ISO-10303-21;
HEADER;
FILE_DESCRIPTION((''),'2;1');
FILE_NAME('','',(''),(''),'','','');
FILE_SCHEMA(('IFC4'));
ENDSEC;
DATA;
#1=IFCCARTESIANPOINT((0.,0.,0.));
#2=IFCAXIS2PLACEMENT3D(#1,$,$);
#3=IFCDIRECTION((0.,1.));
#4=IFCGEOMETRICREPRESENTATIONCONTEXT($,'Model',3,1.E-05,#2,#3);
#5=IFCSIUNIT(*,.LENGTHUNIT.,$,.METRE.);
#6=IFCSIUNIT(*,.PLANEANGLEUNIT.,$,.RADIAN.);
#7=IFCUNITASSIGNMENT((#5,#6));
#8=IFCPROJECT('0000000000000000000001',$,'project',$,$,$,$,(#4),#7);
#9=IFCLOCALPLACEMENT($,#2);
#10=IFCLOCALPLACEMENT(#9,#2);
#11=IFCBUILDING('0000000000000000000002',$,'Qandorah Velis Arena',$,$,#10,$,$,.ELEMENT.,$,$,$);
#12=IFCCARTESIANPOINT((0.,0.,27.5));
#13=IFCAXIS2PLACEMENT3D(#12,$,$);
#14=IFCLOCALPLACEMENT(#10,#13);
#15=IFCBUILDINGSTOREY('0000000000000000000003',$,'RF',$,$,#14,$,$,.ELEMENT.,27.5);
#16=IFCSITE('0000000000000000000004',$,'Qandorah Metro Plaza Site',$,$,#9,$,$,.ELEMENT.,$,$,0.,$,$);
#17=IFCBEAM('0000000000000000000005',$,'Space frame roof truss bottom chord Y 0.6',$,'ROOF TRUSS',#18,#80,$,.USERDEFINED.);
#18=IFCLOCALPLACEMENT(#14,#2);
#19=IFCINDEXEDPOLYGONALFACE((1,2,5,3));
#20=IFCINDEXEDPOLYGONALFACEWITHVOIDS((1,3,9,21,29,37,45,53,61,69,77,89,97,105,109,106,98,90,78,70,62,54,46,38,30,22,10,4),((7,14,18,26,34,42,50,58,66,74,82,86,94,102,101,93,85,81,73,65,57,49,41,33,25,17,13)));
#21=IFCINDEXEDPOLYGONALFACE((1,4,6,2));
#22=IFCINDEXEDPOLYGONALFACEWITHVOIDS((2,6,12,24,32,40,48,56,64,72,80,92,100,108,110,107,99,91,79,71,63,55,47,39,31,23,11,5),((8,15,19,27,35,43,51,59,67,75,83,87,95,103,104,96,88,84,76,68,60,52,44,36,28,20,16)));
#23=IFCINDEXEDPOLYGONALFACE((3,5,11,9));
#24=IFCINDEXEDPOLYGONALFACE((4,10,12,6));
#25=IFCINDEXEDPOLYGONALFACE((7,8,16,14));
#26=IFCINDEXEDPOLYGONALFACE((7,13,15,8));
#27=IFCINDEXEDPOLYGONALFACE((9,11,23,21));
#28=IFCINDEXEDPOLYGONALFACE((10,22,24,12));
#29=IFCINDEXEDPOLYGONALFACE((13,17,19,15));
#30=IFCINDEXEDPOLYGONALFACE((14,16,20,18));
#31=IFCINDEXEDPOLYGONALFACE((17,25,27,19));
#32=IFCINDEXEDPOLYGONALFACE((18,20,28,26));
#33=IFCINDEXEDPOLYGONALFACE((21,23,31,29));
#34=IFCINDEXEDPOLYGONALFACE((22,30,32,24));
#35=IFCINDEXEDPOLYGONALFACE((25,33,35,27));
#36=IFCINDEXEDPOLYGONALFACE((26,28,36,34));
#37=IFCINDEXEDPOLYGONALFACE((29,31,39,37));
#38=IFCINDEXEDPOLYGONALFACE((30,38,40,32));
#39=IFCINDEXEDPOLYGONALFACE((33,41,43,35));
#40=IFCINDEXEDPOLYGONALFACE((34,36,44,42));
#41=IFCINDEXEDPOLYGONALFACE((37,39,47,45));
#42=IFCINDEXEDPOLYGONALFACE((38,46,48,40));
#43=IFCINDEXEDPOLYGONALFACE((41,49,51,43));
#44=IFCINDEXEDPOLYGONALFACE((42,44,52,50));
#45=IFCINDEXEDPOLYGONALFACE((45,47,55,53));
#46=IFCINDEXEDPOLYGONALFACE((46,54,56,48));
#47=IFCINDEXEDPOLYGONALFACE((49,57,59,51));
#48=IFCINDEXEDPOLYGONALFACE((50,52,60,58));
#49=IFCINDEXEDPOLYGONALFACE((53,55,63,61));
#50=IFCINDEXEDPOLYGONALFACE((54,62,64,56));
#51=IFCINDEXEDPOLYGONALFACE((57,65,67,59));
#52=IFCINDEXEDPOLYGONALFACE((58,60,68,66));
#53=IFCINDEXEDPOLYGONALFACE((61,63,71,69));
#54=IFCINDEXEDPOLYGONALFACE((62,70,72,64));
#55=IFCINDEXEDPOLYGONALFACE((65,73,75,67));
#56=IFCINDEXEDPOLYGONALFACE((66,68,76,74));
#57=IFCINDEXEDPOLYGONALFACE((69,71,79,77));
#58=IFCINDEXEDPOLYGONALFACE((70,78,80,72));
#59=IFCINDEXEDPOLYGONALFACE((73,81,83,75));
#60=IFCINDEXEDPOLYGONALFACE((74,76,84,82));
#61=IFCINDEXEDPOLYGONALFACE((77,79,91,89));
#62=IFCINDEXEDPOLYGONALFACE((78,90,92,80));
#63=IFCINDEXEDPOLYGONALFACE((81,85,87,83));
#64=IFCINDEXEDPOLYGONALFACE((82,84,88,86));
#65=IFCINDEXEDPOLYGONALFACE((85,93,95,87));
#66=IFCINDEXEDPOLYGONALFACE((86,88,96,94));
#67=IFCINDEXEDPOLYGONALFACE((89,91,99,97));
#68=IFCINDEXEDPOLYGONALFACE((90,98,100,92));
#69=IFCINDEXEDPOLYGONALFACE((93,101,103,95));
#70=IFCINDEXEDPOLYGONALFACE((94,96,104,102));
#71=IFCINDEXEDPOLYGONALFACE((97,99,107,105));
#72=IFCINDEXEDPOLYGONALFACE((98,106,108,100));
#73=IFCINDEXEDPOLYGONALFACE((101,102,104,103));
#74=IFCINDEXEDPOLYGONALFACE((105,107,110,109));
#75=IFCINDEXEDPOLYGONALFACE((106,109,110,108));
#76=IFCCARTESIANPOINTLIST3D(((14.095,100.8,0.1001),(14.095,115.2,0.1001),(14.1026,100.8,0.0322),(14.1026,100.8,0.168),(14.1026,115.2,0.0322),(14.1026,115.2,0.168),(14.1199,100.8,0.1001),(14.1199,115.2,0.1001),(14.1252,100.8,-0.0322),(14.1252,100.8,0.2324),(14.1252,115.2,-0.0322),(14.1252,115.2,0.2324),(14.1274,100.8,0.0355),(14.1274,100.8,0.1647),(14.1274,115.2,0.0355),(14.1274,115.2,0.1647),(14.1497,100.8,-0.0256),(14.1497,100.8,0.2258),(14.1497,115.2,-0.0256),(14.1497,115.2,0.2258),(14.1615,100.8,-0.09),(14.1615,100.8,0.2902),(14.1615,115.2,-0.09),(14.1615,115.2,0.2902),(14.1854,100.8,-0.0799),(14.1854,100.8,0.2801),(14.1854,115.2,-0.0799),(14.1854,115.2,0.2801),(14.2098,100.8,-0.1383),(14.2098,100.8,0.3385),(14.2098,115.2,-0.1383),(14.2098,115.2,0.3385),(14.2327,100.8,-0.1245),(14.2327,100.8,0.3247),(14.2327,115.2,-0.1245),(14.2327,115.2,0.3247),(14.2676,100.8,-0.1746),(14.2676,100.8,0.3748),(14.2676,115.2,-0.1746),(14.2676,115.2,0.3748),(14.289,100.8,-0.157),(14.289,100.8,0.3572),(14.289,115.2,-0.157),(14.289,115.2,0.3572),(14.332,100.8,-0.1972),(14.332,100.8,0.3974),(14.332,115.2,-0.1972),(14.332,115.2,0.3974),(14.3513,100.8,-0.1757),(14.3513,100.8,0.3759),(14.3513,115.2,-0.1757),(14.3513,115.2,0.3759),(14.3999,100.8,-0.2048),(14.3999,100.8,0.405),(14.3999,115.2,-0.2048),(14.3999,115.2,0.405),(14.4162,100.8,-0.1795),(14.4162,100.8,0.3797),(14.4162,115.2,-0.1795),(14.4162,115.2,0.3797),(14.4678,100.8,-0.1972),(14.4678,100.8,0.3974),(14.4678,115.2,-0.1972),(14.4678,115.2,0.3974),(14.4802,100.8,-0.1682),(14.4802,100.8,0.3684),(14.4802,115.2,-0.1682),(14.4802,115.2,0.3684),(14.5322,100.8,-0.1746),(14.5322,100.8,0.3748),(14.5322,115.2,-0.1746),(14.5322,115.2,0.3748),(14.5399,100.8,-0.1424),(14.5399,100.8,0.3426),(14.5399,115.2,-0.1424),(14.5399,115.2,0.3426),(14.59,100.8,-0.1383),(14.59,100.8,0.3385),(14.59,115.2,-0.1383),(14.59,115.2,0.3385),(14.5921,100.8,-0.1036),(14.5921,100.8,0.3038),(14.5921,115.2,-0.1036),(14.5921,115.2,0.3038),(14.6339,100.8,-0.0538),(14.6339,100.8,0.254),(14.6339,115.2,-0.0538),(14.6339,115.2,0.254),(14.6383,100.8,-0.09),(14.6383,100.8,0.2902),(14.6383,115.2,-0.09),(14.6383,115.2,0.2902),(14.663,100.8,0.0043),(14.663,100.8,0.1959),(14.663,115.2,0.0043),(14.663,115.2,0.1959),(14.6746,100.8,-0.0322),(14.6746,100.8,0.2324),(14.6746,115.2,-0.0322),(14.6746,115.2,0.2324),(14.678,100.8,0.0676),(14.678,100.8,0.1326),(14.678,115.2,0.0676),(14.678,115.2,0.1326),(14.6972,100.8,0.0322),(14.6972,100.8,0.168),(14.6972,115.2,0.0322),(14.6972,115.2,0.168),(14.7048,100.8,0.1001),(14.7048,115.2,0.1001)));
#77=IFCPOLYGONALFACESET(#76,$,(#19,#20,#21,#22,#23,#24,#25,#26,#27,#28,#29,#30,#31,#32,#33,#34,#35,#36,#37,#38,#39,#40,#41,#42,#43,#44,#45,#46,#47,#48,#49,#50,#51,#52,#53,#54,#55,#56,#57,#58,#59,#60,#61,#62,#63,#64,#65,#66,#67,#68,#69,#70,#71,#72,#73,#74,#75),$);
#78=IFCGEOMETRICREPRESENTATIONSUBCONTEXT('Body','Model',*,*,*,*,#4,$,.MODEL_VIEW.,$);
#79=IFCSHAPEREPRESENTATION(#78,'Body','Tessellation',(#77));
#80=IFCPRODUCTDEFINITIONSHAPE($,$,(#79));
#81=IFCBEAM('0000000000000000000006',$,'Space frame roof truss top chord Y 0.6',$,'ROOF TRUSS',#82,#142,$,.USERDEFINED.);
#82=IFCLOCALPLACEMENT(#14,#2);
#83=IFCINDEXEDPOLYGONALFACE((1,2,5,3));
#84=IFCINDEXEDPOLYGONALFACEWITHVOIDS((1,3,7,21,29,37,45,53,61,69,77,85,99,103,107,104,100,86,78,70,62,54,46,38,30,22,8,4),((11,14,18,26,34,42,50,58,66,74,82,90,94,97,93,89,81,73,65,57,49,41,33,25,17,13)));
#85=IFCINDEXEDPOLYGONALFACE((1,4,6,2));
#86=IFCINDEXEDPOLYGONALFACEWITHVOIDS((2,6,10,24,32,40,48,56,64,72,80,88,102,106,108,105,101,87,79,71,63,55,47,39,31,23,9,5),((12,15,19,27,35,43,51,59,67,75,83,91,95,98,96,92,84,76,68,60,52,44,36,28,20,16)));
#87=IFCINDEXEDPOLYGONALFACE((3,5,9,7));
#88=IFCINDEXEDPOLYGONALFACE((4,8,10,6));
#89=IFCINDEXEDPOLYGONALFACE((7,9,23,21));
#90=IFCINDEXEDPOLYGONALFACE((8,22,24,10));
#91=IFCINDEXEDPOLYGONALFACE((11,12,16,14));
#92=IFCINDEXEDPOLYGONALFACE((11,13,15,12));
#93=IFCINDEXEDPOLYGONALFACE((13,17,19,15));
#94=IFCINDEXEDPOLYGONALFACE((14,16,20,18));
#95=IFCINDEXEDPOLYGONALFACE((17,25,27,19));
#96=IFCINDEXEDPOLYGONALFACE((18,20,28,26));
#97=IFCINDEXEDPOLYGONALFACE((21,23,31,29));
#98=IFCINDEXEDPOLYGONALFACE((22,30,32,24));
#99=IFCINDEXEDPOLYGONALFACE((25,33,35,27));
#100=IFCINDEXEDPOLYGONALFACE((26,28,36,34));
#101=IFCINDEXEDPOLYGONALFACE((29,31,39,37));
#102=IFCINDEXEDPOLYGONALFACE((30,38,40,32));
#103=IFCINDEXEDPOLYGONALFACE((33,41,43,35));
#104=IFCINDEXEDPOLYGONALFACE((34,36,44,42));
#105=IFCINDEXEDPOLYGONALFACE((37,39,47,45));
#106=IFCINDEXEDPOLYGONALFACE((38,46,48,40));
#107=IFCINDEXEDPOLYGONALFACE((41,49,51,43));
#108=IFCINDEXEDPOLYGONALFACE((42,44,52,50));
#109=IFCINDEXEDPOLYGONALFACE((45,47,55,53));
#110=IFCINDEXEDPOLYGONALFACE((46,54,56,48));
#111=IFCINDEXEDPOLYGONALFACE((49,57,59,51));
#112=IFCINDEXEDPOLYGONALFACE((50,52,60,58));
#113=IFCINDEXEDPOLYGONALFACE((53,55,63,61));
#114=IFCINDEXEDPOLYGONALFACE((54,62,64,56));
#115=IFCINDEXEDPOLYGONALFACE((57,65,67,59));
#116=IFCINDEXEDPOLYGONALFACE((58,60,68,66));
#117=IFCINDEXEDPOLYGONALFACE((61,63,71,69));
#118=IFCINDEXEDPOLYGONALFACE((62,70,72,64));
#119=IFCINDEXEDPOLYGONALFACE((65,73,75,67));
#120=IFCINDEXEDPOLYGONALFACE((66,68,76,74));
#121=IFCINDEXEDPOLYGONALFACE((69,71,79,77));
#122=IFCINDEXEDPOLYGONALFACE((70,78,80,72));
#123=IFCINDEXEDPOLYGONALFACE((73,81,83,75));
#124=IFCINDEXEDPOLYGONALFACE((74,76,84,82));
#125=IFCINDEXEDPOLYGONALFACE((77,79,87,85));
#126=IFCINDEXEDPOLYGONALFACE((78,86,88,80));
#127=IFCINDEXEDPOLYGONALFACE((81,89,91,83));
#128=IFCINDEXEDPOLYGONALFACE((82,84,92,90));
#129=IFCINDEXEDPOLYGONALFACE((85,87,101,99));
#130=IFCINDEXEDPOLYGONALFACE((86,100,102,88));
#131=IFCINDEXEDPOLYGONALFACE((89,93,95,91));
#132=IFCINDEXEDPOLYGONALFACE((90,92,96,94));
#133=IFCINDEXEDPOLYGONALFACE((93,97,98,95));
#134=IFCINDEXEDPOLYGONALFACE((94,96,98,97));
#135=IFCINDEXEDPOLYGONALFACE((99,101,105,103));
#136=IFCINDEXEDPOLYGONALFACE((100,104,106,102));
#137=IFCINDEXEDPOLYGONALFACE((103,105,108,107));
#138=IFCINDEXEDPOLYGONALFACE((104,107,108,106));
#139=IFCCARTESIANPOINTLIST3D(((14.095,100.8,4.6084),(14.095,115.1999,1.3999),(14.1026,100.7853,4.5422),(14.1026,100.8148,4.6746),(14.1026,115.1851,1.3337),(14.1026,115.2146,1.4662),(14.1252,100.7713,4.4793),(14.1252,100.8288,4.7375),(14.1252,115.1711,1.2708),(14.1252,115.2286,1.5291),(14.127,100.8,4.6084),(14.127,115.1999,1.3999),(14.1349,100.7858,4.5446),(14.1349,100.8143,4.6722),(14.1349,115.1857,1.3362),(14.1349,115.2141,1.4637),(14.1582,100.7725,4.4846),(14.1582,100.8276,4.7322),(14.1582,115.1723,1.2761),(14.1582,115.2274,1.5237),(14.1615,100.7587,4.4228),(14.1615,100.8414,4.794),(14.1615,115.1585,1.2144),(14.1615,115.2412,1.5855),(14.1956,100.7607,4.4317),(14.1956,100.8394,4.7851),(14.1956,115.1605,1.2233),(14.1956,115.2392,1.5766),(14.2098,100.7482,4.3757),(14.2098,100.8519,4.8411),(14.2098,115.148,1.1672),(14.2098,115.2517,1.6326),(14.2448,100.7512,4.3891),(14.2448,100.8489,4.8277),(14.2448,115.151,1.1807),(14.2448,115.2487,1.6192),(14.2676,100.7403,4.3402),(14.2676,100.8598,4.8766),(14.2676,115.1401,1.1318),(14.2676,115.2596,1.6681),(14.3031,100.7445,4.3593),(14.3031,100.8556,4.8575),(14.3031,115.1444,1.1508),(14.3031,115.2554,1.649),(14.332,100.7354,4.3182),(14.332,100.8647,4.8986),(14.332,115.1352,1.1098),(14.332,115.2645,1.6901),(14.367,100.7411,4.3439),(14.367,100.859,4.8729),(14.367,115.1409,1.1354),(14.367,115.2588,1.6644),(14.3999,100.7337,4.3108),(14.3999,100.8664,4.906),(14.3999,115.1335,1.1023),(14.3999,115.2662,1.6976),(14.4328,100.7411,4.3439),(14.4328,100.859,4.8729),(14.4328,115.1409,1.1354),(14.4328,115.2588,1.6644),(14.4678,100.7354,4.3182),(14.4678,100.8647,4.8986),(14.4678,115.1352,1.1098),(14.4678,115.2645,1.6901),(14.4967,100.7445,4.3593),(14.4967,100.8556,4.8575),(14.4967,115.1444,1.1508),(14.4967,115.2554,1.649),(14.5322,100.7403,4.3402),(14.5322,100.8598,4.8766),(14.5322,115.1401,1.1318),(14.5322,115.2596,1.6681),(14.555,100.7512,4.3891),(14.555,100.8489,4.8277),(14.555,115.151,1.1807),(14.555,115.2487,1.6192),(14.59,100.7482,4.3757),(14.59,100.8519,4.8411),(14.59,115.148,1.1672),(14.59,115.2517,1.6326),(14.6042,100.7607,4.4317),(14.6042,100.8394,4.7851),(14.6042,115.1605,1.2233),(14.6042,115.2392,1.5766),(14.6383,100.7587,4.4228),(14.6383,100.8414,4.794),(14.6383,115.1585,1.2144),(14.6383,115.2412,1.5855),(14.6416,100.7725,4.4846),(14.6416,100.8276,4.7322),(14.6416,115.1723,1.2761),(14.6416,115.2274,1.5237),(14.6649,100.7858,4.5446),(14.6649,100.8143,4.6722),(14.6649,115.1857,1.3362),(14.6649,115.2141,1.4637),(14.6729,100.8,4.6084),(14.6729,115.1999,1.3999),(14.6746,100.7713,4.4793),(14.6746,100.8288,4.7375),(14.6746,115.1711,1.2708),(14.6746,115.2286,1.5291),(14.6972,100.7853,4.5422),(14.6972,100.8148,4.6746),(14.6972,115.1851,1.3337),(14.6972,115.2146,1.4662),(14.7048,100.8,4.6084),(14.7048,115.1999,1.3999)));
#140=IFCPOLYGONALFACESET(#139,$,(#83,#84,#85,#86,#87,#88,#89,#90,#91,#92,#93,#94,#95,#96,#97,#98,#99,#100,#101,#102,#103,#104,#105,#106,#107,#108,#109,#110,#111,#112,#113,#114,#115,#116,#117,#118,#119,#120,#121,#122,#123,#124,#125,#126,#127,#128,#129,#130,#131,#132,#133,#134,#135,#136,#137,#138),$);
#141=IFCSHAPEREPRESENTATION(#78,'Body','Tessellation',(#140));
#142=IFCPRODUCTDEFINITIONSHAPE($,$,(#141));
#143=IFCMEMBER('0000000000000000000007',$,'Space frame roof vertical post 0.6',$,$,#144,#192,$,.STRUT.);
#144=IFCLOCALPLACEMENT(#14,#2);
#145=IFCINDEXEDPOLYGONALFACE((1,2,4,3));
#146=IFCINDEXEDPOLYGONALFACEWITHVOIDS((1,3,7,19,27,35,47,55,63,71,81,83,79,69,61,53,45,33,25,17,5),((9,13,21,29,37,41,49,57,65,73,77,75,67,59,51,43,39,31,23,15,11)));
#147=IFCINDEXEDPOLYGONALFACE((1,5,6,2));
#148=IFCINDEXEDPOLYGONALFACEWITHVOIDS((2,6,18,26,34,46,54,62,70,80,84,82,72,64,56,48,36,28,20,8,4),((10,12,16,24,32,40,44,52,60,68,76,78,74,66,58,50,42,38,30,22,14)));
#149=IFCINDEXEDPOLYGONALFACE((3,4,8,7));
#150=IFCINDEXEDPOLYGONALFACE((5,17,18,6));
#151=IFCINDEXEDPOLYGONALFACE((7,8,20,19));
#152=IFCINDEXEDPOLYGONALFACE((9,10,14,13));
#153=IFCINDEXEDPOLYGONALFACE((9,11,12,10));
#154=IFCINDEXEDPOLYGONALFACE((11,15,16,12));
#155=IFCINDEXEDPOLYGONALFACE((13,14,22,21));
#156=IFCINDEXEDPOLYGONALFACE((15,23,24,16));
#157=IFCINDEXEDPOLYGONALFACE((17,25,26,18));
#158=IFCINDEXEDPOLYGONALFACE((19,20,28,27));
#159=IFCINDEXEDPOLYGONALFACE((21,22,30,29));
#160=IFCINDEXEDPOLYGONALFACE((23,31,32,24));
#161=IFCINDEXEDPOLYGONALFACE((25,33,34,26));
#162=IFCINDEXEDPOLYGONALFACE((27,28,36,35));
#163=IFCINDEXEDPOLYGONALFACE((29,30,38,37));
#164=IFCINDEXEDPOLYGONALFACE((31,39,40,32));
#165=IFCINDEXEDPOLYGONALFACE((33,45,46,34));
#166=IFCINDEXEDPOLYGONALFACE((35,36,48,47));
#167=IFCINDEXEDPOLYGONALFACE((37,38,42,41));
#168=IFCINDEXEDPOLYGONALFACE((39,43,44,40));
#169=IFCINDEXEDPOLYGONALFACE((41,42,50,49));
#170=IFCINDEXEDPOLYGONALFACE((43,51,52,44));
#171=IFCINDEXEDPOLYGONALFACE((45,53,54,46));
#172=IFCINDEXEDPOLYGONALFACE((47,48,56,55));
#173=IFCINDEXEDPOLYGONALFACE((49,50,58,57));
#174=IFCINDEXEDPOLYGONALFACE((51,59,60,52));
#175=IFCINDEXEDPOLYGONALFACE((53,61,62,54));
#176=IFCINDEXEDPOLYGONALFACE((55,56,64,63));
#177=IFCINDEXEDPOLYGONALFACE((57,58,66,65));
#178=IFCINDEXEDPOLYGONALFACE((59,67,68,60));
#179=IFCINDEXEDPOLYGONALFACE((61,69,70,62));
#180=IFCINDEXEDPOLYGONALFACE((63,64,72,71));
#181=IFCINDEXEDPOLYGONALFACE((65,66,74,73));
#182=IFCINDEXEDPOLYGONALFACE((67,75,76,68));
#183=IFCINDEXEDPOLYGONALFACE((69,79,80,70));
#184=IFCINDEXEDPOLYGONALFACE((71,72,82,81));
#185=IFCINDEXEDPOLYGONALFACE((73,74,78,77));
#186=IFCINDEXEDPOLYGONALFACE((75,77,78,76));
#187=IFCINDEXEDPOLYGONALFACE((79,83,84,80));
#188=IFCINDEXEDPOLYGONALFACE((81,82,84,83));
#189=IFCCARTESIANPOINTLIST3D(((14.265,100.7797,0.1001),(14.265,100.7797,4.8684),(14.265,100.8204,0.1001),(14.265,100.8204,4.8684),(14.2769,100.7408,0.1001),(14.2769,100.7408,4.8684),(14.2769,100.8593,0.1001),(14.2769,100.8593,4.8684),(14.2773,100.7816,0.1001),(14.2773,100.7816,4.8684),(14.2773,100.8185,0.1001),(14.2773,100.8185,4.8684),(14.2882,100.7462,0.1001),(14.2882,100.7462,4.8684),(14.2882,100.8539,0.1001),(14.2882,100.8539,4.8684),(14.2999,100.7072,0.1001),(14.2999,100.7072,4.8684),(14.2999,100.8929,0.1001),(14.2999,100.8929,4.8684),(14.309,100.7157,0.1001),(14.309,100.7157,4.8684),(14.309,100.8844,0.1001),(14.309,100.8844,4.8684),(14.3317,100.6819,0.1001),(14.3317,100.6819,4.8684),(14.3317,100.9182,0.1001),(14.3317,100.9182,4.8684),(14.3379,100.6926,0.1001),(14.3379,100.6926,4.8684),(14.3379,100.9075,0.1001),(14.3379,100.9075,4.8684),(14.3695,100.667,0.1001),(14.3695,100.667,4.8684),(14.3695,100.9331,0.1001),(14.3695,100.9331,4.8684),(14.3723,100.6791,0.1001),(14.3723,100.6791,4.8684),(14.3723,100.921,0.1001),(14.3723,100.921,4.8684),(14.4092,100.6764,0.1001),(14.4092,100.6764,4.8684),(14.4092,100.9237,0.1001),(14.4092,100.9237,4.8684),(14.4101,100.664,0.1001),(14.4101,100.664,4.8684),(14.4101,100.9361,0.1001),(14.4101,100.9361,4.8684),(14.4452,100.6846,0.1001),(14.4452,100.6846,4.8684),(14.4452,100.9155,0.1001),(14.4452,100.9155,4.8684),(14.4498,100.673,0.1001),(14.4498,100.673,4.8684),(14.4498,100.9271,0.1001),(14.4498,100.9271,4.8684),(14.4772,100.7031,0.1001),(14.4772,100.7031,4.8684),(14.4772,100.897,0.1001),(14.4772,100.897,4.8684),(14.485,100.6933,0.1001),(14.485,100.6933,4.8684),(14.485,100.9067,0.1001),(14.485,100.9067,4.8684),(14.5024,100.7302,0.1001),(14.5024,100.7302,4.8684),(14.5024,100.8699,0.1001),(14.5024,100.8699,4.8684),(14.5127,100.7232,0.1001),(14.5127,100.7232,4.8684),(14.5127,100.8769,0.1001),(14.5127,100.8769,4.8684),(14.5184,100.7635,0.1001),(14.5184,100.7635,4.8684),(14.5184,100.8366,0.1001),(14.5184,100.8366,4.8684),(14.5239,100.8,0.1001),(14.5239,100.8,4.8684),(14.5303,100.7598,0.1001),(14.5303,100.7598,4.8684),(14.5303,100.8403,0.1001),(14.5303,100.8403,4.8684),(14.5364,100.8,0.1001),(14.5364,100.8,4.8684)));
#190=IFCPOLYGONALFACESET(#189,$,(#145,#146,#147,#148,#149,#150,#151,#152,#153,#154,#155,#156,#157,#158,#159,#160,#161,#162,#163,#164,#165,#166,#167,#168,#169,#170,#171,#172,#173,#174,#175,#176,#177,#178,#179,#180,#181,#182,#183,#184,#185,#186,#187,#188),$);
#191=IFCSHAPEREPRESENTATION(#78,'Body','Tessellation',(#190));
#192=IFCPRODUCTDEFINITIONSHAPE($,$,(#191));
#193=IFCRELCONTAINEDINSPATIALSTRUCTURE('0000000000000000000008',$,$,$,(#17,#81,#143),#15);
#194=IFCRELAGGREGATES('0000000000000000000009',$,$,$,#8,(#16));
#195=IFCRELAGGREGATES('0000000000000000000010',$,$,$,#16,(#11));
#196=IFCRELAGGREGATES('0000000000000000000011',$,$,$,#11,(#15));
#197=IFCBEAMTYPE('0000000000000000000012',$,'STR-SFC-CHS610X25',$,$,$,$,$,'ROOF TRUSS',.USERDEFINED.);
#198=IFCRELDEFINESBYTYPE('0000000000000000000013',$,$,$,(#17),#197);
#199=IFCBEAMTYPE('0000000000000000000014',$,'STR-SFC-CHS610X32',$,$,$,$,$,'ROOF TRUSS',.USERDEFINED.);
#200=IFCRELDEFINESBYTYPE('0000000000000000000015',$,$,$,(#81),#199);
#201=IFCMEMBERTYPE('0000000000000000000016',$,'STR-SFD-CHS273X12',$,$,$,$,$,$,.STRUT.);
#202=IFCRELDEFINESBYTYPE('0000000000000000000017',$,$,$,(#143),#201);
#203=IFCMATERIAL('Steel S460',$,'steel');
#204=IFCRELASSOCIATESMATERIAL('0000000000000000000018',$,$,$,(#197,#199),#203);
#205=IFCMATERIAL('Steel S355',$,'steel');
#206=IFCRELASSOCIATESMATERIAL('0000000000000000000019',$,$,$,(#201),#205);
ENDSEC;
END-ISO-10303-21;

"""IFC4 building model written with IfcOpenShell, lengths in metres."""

from ifc_helpers import new_model, si_unit, direction, frame, origin, origin_2d, place, context, subcontext, project, spatial, hollow_circle, extrude, material, material_profile, profile_set, type_object, element, save


model = new_model("IFC4")

# Units and contexts
model_context = context("Model", 3, precision=1e-05, world=origin(), true_north=direction((0.0, 1.0)))
body_context = subcontext(model_context, "Body", "Model", "MODEL_VIEW")
ifc_project = project(units=[si_unit("LENGTHUNIT", "METRE"), si_unit("PLANEANGLEUNIT", "RADIAN")], contexts=[model_context])

# Site, building, storey
site_placement = place(None, origin())
site = spatial("IfcSite", under=ifc_project, at=site_placement, Name="Qandorah Metro Plaza Site", CompositionType="ELEMENT", RefElevation=0.0)
building_placement = place(site_placement, origin())
building = spatial("IfcBuilding", under=site, at=building_placement, Name="Qandorah Velis Arena", CompositionType="ELEMENT")
storey_placement = place(building_placement, frame((0.0, 0.0, 27.5)))
storey = spatial("IfcBuildingStorey", under=building, at=storey_placement, Name="RF", CompositionType="ELEMENT", Elevation=27.5)

# Shared definitions
ifc_material_1 = material(Name="Steel S355", Category="steel")

# Beams
ifc_material_2 = material(Name="Steel S460", Category="steel")
ifc_material_profile_1 = material_profile(ifc_material_2, hollow_circle(Radius=0.3049, WallThickness=0.0249, at=origin_2d()), Name="CHS 610x25")
ifc_profile_set_1 = profile_set([ifc_material_profile_1], Name="Steel S460")
beam_type_1 = type_object("IfcBeamType", Name="STR-SFC-CHS610X25", ElementType="ROOF TRUSS", PredefinedType="USERDEFINED", material=ifc_profile_set_1)
beam_1_placement = place(storey_placement, frame((14.3999, 100.8, 0.1001), z_axis=(0.0, 1.0, 0.0), x_axis=(-1.0, 0.0, 0.0)))
element("IfcBeam", 1, at=beam_1_placement, inside=storey, type_object=beam_type_1, Name="Space frame roof truss bottom chord Y 0.6", ObjectType="ROOF TRUSS", PredefinedType="USERDEFINED", context=body_context, shape_type="SweptSolid", body=[
    extrude(hollow_circle(Radius=0.3049, WallThickness=0.0249, at=origin_2d()), origin(), (0.0, 0.0, 1.0), 14.3999),
])
ifc_material_profile_2 = material_profile(ifc_material_2, hollow_circle(Radius=0.3049, WallThickness=0.032, at=origin_2d()), Name="CHS 610x32")
ifc_profile_set_2 = profile_set([ifc_material_profile_2], Name="Steel S460")
beam_type_2 = type_object("IfcBeamType", Name="STR-SFC-CHS610X32", ElementType="ROOF TRUSS", PredefinedType="USERDEFINED", material=ifc_profile_set_2)
beam_2_placement = place(storey_placement, frame((14.3999, 100.8, 4.6084), z_axis=(0.0, 0.976065, -0.217481), x_axis=(-1.0, 0.0, 0.0)))
element("IfcBeam", 2, at=beam_2_placement, inside=storey, type_object=beam_type_2, Name="Space frame roof truss top chord Y 0.6", ObjectType="ROOF TRUSS", PredefinedType="USERDEFINED", context=body_context, shape_type="SweptSolid", body=[
    extrude(hollow_circle(Radius=0.3049, WallThickness=0.032, at=origin_2d()), origin(), (0.0, 0.0, 1.0), 14.7529),
])

# Member
ifc_material_profile_3 = material_profile(ifc_material_1, hollow_circle(Radius=0.1365, WallThickness=0.0125, at=origin_2d()), Name="CHS 273x12.5")
ifc_profile_set_3 = profile_set([ifc_material_profile_3], Name="Steel S355")
member_type_1 = type_object("IfcMemberType", Name="STR-SFD-CHS273X12", PredefinedType="STRUT", material=ifc_profile_set_3)
member_1_placement = place(storey_placement, frame((14.3999, 100.8, 0.1001), z_axis=(0.0, 0.0, 1.0), x_axis=(1.0, 0.0, 0.0)))
element("IfcMember", 3, at=member_1_placement, inside=storey, type_object=member_type_1, Name="Space frame roof vertical post 0.6", PredefinedType="STRUT", context=body_context, shape_type="SweptSolid", body=[
    extrude(hollow_circle(Radius=0.1365, WallThickness=0.0125, at=origin_2d()), origin(), (0.0, 0.0, 1.0), 4.7683),
])

save(model, "model.ifc")
